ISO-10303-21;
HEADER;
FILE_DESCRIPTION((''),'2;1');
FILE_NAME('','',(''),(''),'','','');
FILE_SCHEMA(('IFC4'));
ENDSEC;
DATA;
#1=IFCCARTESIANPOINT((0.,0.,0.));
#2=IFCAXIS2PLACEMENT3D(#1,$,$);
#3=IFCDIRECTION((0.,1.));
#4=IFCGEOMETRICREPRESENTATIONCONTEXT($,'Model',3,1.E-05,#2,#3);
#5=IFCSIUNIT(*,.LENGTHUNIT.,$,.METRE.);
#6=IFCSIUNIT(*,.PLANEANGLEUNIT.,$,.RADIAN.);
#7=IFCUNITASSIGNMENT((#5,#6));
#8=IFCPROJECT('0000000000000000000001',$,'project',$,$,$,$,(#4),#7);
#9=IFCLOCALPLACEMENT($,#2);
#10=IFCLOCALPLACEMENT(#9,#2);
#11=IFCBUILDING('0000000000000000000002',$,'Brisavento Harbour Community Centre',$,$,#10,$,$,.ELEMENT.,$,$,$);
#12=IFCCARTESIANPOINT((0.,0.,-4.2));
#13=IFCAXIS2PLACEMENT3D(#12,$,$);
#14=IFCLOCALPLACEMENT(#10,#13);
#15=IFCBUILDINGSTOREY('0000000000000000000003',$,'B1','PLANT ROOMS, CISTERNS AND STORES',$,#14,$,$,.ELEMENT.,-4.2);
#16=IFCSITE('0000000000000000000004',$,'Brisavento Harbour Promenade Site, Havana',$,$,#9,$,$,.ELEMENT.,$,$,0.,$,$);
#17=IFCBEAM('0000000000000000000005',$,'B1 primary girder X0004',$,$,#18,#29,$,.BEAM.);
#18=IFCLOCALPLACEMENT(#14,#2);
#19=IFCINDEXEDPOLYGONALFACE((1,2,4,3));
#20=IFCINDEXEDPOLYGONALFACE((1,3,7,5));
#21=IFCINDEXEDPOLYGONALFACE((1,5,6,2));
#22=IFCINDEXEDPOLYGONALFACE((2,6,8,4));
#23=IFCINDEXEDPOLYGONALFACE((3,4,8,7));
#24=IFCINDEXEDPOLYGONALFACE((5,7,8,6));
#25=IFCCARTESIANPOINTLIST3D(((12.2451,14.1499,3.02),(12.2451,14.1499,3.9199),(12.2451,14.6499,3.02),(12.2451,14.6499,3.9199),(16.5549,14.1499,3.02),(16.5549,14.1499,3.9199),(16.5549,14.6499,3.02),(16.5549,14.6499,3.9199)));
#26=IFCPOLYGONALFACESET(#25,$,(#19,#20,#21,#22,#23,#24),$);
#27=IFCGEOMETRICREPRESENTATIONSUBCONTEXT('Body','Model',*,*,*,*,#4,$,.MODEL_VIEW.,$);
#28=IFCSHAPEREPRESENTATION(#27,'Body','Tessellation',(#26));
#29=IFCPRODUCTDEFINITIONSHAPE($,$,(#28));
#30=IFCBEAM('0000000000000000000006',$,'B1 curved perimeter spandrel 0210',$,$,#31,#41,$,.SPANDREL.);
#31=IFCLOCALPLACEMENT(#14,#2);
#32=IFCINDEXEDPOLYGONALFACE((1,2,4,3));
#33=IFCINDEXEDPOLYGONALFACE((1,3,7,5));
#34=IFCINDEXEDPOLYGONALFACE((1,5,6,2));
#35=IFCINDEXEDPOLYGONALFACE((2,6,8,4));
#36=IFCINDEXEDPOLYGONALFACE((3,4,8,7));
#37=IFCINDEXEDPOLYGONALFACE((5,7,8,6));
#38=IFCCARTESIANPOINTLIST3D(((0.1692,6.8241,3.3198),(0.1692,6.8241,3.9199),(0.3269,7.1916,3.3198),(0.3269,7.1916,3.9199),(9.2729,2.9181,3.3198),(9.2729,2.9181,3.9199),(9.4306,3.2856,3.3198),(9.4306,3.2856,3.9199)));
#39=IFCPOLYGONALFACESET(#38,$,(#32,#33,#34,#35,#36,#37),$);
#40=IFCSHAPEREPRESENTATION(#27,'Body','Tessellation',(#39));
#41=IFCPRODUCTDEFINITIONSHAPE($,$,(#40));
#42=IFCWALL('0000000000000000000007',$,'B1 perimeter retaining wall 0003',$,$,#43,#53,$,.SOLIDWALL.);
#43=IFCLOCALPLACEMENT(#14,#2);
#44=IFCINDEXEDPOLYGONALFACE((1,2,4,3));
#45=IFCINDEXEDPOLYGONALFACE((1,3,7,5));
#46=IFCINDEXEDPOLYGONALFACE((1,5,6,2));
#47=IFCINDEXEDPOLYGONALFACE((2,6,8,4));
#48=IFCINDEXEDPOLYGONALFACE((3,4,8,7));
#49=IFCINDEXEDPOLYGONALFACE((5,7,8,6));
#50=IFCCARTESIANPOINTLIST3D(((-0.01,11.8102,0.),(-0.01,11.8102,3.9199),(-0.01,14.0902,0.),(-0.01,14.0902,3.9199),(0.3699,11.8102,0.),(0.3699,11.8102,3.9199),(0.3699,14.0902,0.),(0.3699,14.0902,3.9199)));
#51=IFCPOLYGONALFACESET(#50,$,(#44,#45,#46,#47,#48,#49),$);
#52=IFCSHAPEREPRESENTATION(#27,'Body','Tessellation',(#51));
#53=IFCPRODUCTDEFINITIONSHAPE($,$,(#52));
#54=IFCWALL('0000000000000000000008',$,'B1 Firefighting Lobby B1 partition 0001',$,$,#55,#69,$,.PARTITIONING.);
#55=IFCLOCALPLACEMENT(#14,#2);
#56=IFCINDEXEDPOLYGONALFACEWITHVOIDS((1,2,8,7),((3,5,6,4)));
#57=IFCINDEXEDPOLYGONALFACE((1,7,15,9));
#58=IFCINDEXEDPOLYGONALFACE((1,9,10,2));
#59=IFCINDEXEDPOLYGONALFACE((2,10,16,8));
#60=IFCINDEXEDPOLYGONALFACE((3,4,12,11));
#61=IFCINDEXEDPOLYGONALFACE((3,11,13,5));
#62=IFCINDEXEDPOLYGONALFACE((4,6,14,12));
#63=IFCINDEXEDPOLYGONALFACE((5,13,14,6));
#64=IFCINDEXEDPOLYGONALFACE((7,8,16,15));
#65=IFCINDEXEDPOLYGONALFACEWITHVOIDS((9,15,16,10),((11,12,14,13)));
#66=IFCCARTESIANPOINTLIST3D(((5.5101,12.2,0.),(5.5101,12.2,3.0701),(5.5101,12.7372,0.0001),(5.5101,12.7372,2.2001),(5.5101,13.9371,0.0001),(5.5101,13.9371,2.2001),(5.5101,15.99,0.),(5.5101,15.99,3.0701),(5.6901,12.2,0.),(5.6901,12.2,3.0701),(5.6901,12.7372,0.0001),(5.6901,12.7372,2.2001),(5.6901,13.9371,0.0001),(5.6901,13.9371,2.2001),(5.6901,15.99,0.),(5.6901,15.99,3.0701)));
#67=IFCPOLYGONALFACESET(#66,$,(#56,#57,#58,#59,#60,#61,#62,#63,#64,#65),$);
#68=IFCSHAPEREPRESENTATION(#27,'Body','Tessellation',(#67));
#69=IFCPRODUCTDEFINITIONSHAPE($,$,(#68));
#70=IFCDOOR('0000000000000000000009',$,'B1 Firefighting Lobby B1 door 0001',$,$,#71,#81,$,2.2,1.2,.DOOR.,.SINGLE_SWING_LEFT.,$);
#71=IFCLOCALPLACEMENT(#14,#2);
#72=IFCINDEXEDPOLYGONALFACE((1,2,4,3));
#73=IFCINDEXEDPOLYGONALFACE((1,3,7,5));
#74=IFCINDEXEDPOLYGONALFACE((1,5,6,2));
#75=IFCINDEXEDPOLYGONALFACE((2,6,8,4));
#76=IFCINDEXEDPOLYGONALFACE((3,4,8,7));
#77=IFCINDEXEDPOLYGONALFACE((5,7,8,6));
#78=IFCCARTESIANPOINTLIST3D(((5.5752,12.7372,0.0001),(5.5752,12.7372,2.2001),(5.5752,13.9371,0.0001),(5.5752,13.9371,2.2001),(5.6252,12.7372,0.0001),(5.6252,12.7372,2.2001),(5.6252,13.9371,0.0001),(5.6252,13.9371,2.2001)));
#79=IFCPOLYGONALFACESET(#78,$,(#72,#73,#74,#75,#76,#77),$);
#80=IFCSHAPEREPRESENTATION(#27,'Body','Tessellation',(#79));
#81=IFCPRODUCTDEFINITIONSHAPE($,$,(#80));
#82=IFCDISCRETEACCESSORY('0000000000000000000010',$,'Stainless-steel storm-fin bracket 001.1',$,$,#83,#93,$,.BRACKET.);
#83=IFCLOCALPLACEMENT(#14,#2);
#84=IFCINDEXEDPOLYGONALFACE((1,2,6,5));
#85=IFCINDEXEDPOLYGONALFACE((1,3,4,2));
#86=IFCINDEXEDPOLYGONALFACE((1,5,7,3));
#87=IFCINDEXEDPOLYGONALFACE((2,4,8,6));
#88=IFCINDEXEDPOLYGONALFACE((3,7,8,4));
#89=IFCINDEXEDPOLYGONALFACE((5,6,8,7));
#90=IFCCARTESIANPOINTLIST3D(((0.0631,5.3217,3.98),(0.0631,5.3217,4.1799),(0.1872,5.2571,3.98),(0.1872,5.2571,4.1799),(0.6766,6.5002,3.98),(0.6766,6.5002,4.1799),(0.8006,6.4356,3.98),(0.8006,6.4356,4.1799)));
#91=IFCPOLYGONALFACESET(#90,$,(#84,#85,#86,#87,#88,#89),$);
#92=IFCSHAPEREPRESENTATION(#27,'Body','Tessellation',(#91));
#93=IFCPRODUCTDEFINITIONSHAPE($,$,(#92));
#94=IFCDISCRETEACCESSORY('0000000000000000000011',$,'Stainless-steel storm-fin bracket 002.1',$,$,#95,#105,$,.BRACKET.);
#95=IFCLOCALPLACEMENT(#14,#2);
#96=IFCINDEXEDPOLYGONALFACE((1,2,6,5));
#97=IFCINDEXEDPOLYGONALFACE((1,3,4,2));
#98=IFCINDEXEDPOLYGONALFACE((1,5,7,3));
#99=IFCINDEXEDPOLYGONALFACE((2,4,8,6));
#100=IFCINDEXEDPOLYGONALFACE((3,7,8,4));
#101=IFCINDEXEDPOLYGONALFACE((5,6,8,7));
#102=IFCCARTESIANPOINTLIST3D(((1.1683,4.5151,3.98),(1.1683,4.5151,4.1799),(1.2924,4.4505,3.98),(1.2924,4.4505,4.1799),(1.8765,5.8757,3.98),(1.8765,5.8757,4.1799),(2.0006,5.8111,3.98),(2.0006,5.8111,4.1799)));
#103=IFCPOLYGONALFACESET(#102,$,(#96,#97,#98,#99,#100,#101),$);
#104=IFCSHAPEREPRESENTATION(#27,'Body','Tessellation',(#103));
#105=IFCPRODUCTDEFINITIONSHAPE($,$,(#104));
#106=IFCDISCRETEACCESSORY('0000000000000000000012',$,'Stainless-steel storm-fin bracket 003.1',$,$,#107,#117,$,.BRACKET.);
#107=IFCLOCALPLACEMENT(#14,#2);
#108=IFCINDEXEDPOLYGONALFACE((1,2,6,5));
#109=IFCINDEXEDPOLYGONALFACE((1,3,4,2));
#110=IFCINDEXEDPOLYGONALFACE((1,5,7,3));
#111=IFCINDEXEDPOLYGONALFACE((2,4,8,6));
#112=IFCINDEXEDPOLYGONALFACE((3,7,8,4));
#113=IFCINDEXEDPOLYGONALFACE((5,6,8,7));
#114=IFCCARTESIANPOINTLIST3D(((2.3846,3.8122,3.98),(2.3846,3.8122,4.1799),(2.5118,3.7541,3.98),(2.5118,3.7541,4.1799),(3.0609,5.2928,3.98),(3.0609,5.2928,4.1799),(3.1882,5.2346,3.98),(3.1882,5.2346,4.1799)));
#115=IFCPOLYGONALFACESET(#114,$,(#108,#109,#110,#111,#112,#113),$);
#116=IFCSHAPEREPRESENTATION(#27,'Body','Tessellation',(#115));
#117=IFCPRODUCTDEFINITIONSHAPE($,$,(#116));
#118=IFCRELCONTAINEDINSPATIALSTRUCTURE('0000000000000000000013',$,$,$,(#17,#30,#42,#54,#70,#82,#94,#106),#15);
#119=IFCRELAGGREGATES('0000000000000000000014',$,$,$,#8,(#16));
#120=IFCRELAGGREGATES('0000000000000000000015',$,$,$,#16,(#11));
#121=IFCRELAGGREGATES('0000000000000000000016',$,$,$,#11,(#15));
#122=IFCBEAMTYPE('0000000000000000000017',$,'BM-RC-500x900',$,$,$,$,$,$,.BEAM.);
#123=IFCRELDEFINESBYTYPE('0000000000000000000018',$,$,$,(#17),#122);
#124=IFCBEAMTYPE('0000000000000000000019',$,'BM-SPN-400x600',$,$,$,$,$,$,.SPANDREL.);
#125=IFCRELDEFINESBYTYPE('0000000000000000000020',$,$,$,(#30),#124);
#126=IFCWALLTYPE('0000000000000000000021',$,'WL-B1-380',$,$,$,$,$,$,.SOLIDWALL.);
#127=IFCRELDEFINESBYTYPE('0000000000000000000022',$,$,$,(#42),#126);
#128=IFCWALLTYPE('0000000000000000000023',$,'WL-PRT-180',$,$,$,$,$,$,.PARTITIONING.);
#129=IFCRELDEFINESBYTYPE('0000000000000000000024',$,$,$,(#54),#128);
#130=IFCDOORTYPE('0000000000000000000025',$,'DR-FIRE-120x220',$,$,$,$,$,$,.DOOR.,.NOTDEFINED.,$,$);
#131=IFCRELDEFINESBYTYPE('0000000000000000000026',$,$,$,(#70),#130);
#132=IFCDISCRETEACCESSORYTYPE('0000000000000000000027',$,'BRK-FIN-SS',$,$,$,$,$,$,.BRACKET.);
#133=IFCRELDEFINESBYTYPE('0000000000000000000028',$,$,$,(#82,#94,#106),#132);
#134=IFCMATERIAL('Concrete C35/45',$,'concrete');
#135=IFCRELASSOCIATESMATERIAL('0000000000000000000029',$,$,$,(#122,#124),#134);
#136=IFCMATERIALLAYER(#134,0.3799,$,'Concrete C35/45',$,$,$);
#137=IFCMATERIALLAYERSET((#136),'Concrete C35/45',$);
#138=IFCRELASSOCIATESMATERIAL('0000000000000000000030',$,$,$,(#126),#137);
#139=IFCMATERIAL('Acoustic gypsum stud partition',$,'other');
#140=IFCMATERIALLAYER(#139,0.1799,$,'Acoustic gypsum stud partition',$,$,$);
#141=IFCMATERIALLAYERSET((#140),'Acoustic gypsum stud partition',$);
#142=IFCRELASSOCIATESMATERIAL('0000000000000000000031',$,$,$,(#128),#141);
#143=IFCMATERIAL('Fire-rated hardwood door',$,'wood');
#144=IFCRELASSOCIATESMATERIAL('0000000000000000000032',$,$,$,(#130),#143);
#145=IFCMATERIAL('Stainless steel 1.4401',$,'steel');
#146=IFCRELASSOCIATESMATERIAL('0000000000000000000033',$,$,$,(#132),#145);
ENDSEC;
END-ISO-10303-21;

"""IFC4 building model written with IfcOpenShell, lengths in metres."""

from ifc_helpers import new_model, si_unit, direction, frame, frame_2d, origin, origin_2d, place, context, subcontext, project, spatial, rectangle, extrude, material, layer, layer_set, material_profile, profile_set, type_object, element, fill, save


model = new_model("IFC4")

# Units and contexts
model_context = context("Model", 3, precision=1e-05, world=origin(), true_north=direction((0.0, 1.0)))
body_context = subcontext(model_context, "Body", "Model", "MODEL_VIEW")
ifc_project = project(units=[si_unit("LENGTHUNIT", "METRE"), si_unit("PLANEANGLEUNIT", "RADIAN")], contexts=[model_context])

# Site, building, storey
site_placement = place(None, origin())
site = spatial("IfcSite", under=ifc_project, at=site_placement, Name="Brisavento Harbour Promenade Site, Havana", CompositionType="ELEMENT", RefElevation=0.0)
building_placement = place(site_placement, origin())
building = spatial("IfcBuilding", under=site, at=building_placement, Name="Brisavento Harbour Community Centre", CompositionType="ELEMENT")
storey_placement = place(building_placement, frame((0.0, 0.0, -4.2)))
storey = spatial("IfcBuildingStorey", under=building, at=storey_placement, Name="B1", Description="PLANT ROOMS, CISTERNS AND STORES", CompositionType="ELEMENT", Elevation=-4.2)

# Shared definitions
ifc_material_1 = material(Name="Concrete C35/45", Category="concrete")

# Beams
ifc_material_profile_1 = material_profile(ifc_material_1, rectangle(XDim=0.5, YDim=0.8999, at=origin_2d()), Name="Concrete C35/45")
ifc_profile_set_1 = profile_set([ifc_material_profile_1], Name="Concrete C35/45")
beam_type_1 = type_object("IfcBeamType", Name="BM-RC-500x900", PredefinedType="BEAM", material=ifc_profile_set_1)
beam_1_placement = place(storey_placement, frame((12.2451, 14.3999, 3.47), z_axis=(1.0, 0.0, 0.0), x_axis=(0.0, 1.0, 0.0)))
element("IfcBeam", 1, at=beam_1_placement, inside=storey, type_object=beam_type_1, Name="B1 primary girder X0004", PredefinedType="BEAM", context=body_context, shape_type="SweptSolid", body=[
    extrude(rectangle(XDim=0.5, YDim=0.8999, at=origin_2d()), origin(), (0.0, 0.0, 1.0), 4.3098),
])
ifc_material_profile_2 = material_profile(ifc_material_1, rectangle(XDim=0.3999, YDim=0.6001, at=origin_2d()), Name="Concrete C35/45")
ifc_profile_set_2 = profile_set([ifc_material_profile_2], Name="Concrete C35/45")
beam_type_2 = type_object("IfcBeamType", Name="BM-SPN-400x600", PredefinedType="SPANDREL", material=ifc_profile_set_2)
beam_2_placement = place(storey_placement, frame((0.248, 7.0078, 3.6199), z_axis=(0.918984, -0.394294, 0.0), x_axis=(0.394294, 0.918984, 0.0)))
element("IfcBeam", 2, at=beam_2_placement, inside=storey, type_object=beam_type_2, Name="B1 curved perimeter spandrel 0210", PredefinedType="SPANDREL", context=body_context, shape_type="SweptSolid", body=[
    extrude(rectangle(XDim=0.3999, YDim=0.6001, at=origin_2d()), origin(), (0.0, 0.0, 1.0), 9.9062),
])

# Wall
ifc_layer_1 = layer(ifc_material_1, 0.3799, Name="Concrete C35/45")
ifc_layer_set_1 = layer_set([ifc_layer_1], Name="Concrete C35/45")
wall_type_1 = type_object("IfcWallType", Name="WL-B1-380", PredefinedType="SOLIDWALL", material=ifc_layer_set_1)
wall_1_placement = place(storey_placement, frame((0.1799, 11.8101, 0.0), z_axis=(0.0, 0.0, 1.0), x_axis=(0.0, 1.0, 0.0)))
element("IfcWall", 3, at=wall_1_placement, inside=storey, type_object=wall_type_1, Name="B1 perimeter retaining wall 0003", PredefinedType="SOLIDWALL", context=body_context, shape_type="SweptSolid", body=[
    extrude(rectangle(XDim=2.28, YDim=0.3799, at=frame_2d((1.1401, 0.0))), origin(), (0.0, 0.0, 1.0), 3.9199),
])

# Wall, opening, door
ifc_material_2 = material(Name="Fire-rated hardwood door", Category="wood")
ifc_material_3 = material(Name="Acoustic gypsum stud partition", Category="other")
ifc_layer_2 = layer(ifc_material_3, 0.1799, Name="Acoustic gypsum stud partition")
ifc_layer_set_2 = layer_set([ifc_layer_2], Name="Acoustic gypsum stud partition")
wall_type_2 = type_object("IfcWallType", Name="WL-PRT-180", PredefinedType="PARTITIONING", material=ifc_layer_set_2)
wall_2_placement = place(storey_placement, frame((5.6001, 12.2, 0.0), z_axis=(0.0, 0.0, 1.0), x_axis=(0.0, 1.0, 0.0)))
wall_2 = element("IfcWall", 4, at=wall_2_placement, inside=storey, type_object=wall_type_2, Name="B1 Firefighting Lobby B1 partition 0001", PredefinedType="PARTITIONING", context=body_context, shape_type="SweptSolid", body=[
    extrude(rectangle(XDim=3.79, YDim=0.1799, at=frame_2d((1.895, 0.0))), origin(), (0.0, 0.0, 1.0), 3.0701),
])
opening_1_placement = place(wall_2_placement, frame((0.5371, 0.0, 0.0)))
opening_1 = element("IfcOpeningElement", 5, at=opening_1_placement, cuts=wall_2, PredefinedType="OPENING", context=body_context, shape_type="SweptSolid", body=[
    extrude(rectangle(XDim=1.2, YDim=2.2, at=frame_2d((0.6001, 1.1001))), frame((0.0, 0.1001, 0.0), z_axis=(0.0, -1.0, 0.0), x_axis=(1.0, 0.0, 0.0)), (0.0, 0.0, 1.0), 0.2),
])
door_type_1 = type_object("IfcDoorType", Name="DR-FIRE-120x220", OperationType="NOTDEFINED", PredefinedType="DOOR", material=ifc_material_2)
door_1_placement = place(opening_1_placement, origin())
door_1 = element("IfcDoor", 6, at=door_1_placement, inside=storey, type_object=door_type_1, Name="B1 Firefighting Lobby B1 door 0001", OperationType="SINGLE_SWING_LEFT", OverallHeight=2.2, OverallWidth=1.2, PredefinedType="DOOR", context=body_context, shape_type="SweptSolid", body=[
    extrude(rectangle(XDim=1.2, YDim=2.2, at=frame_2d((0.6001, 1.1001))), frame((0.0, 0.0249, 0.0), z_axis=(0.0, -1.0, 0.0), x_axis=(1.0, 0.0, 0.0)), (0.0, 0.0, 1.0), 0.05),
])
fill(opening_1, door_1)

# Discrete accessories
ifc_material_4 = material(Name="Stainless steel 1.4401", Category="steel")
discrete_accessory_type = type_object("IfcDiscreteAccessoryType", Name="BRK-FIN-SS", PredefinedType="BRACKET", material=ifc_material_4)
discrete_accessory_1_placement = place(storey_placement, frame((0.4319, 5.8787, 3.98), z_axis=(0.0, 0.0, 1.0), x_axis=(-0.461702, -0.887035, 0.0)))
element("IfcDiscreteAccessory", 7, at=discrete_accessory_1_placement, inside=storey, type_object=discrete_accessory_type, Name="Stainless-steel storm-fin bracket 001.1", PredefinedType="BRACKET", context=body_context, shape_type="SweptSolid", body=[
    extrude(rectangle(XDim=1.3286, YDim=0.1399, at=origin_2d()), origin(), (0.0, 0.0, 1.0), 0.2),
])
discrete_accessory_2_placement = place(storey_placement, frame((1.5845, 5.1631, 3.98), z_axis=(0.0, 0.0, 1.0), x_axis=(-0.461702, -0.887035, 0.0)))
element("IfcDiscreteAccessory", 8, at=discrete_accessory_2_placement, inside=storey, type_object=discrete_accessory_type, Name="Stainless-steel storm-fin bracket 002.1", PredefinedType="BRACKET", context=body_context, shape_type="SweptSolid", body=[
    extrude(rectangle(XDim=1.5339, YDim=0.1399, at=origin_2d()), origin(), (0.0, 0.0, 1.0), 0.2),
])
discrete_accessory_3_placement = place(storey_placement, frame((2.7864, 4.5234, 3.98), z_axis=(0.0, 0.0, 1.0), x_axis=(-0.415519, -0.909585, 0.0)))
element("IfcDiscreteAccessory", 9, at=discrete_accessory_3_placement, inside=storey, type_object=discrete_accessory_type, Name="Stainless-steel storm-fin bracket 003.1", PredefinedType="BRACKET", context=body_context, shape_type="SweptSolid", body=[
    extrude(rectangle(XDim=1.6277, YDim=0.1399, at=origin_2d()), origin(), (0.0, 0.0, 1.0), 0.2),
])

save(model, "model.ifc")
